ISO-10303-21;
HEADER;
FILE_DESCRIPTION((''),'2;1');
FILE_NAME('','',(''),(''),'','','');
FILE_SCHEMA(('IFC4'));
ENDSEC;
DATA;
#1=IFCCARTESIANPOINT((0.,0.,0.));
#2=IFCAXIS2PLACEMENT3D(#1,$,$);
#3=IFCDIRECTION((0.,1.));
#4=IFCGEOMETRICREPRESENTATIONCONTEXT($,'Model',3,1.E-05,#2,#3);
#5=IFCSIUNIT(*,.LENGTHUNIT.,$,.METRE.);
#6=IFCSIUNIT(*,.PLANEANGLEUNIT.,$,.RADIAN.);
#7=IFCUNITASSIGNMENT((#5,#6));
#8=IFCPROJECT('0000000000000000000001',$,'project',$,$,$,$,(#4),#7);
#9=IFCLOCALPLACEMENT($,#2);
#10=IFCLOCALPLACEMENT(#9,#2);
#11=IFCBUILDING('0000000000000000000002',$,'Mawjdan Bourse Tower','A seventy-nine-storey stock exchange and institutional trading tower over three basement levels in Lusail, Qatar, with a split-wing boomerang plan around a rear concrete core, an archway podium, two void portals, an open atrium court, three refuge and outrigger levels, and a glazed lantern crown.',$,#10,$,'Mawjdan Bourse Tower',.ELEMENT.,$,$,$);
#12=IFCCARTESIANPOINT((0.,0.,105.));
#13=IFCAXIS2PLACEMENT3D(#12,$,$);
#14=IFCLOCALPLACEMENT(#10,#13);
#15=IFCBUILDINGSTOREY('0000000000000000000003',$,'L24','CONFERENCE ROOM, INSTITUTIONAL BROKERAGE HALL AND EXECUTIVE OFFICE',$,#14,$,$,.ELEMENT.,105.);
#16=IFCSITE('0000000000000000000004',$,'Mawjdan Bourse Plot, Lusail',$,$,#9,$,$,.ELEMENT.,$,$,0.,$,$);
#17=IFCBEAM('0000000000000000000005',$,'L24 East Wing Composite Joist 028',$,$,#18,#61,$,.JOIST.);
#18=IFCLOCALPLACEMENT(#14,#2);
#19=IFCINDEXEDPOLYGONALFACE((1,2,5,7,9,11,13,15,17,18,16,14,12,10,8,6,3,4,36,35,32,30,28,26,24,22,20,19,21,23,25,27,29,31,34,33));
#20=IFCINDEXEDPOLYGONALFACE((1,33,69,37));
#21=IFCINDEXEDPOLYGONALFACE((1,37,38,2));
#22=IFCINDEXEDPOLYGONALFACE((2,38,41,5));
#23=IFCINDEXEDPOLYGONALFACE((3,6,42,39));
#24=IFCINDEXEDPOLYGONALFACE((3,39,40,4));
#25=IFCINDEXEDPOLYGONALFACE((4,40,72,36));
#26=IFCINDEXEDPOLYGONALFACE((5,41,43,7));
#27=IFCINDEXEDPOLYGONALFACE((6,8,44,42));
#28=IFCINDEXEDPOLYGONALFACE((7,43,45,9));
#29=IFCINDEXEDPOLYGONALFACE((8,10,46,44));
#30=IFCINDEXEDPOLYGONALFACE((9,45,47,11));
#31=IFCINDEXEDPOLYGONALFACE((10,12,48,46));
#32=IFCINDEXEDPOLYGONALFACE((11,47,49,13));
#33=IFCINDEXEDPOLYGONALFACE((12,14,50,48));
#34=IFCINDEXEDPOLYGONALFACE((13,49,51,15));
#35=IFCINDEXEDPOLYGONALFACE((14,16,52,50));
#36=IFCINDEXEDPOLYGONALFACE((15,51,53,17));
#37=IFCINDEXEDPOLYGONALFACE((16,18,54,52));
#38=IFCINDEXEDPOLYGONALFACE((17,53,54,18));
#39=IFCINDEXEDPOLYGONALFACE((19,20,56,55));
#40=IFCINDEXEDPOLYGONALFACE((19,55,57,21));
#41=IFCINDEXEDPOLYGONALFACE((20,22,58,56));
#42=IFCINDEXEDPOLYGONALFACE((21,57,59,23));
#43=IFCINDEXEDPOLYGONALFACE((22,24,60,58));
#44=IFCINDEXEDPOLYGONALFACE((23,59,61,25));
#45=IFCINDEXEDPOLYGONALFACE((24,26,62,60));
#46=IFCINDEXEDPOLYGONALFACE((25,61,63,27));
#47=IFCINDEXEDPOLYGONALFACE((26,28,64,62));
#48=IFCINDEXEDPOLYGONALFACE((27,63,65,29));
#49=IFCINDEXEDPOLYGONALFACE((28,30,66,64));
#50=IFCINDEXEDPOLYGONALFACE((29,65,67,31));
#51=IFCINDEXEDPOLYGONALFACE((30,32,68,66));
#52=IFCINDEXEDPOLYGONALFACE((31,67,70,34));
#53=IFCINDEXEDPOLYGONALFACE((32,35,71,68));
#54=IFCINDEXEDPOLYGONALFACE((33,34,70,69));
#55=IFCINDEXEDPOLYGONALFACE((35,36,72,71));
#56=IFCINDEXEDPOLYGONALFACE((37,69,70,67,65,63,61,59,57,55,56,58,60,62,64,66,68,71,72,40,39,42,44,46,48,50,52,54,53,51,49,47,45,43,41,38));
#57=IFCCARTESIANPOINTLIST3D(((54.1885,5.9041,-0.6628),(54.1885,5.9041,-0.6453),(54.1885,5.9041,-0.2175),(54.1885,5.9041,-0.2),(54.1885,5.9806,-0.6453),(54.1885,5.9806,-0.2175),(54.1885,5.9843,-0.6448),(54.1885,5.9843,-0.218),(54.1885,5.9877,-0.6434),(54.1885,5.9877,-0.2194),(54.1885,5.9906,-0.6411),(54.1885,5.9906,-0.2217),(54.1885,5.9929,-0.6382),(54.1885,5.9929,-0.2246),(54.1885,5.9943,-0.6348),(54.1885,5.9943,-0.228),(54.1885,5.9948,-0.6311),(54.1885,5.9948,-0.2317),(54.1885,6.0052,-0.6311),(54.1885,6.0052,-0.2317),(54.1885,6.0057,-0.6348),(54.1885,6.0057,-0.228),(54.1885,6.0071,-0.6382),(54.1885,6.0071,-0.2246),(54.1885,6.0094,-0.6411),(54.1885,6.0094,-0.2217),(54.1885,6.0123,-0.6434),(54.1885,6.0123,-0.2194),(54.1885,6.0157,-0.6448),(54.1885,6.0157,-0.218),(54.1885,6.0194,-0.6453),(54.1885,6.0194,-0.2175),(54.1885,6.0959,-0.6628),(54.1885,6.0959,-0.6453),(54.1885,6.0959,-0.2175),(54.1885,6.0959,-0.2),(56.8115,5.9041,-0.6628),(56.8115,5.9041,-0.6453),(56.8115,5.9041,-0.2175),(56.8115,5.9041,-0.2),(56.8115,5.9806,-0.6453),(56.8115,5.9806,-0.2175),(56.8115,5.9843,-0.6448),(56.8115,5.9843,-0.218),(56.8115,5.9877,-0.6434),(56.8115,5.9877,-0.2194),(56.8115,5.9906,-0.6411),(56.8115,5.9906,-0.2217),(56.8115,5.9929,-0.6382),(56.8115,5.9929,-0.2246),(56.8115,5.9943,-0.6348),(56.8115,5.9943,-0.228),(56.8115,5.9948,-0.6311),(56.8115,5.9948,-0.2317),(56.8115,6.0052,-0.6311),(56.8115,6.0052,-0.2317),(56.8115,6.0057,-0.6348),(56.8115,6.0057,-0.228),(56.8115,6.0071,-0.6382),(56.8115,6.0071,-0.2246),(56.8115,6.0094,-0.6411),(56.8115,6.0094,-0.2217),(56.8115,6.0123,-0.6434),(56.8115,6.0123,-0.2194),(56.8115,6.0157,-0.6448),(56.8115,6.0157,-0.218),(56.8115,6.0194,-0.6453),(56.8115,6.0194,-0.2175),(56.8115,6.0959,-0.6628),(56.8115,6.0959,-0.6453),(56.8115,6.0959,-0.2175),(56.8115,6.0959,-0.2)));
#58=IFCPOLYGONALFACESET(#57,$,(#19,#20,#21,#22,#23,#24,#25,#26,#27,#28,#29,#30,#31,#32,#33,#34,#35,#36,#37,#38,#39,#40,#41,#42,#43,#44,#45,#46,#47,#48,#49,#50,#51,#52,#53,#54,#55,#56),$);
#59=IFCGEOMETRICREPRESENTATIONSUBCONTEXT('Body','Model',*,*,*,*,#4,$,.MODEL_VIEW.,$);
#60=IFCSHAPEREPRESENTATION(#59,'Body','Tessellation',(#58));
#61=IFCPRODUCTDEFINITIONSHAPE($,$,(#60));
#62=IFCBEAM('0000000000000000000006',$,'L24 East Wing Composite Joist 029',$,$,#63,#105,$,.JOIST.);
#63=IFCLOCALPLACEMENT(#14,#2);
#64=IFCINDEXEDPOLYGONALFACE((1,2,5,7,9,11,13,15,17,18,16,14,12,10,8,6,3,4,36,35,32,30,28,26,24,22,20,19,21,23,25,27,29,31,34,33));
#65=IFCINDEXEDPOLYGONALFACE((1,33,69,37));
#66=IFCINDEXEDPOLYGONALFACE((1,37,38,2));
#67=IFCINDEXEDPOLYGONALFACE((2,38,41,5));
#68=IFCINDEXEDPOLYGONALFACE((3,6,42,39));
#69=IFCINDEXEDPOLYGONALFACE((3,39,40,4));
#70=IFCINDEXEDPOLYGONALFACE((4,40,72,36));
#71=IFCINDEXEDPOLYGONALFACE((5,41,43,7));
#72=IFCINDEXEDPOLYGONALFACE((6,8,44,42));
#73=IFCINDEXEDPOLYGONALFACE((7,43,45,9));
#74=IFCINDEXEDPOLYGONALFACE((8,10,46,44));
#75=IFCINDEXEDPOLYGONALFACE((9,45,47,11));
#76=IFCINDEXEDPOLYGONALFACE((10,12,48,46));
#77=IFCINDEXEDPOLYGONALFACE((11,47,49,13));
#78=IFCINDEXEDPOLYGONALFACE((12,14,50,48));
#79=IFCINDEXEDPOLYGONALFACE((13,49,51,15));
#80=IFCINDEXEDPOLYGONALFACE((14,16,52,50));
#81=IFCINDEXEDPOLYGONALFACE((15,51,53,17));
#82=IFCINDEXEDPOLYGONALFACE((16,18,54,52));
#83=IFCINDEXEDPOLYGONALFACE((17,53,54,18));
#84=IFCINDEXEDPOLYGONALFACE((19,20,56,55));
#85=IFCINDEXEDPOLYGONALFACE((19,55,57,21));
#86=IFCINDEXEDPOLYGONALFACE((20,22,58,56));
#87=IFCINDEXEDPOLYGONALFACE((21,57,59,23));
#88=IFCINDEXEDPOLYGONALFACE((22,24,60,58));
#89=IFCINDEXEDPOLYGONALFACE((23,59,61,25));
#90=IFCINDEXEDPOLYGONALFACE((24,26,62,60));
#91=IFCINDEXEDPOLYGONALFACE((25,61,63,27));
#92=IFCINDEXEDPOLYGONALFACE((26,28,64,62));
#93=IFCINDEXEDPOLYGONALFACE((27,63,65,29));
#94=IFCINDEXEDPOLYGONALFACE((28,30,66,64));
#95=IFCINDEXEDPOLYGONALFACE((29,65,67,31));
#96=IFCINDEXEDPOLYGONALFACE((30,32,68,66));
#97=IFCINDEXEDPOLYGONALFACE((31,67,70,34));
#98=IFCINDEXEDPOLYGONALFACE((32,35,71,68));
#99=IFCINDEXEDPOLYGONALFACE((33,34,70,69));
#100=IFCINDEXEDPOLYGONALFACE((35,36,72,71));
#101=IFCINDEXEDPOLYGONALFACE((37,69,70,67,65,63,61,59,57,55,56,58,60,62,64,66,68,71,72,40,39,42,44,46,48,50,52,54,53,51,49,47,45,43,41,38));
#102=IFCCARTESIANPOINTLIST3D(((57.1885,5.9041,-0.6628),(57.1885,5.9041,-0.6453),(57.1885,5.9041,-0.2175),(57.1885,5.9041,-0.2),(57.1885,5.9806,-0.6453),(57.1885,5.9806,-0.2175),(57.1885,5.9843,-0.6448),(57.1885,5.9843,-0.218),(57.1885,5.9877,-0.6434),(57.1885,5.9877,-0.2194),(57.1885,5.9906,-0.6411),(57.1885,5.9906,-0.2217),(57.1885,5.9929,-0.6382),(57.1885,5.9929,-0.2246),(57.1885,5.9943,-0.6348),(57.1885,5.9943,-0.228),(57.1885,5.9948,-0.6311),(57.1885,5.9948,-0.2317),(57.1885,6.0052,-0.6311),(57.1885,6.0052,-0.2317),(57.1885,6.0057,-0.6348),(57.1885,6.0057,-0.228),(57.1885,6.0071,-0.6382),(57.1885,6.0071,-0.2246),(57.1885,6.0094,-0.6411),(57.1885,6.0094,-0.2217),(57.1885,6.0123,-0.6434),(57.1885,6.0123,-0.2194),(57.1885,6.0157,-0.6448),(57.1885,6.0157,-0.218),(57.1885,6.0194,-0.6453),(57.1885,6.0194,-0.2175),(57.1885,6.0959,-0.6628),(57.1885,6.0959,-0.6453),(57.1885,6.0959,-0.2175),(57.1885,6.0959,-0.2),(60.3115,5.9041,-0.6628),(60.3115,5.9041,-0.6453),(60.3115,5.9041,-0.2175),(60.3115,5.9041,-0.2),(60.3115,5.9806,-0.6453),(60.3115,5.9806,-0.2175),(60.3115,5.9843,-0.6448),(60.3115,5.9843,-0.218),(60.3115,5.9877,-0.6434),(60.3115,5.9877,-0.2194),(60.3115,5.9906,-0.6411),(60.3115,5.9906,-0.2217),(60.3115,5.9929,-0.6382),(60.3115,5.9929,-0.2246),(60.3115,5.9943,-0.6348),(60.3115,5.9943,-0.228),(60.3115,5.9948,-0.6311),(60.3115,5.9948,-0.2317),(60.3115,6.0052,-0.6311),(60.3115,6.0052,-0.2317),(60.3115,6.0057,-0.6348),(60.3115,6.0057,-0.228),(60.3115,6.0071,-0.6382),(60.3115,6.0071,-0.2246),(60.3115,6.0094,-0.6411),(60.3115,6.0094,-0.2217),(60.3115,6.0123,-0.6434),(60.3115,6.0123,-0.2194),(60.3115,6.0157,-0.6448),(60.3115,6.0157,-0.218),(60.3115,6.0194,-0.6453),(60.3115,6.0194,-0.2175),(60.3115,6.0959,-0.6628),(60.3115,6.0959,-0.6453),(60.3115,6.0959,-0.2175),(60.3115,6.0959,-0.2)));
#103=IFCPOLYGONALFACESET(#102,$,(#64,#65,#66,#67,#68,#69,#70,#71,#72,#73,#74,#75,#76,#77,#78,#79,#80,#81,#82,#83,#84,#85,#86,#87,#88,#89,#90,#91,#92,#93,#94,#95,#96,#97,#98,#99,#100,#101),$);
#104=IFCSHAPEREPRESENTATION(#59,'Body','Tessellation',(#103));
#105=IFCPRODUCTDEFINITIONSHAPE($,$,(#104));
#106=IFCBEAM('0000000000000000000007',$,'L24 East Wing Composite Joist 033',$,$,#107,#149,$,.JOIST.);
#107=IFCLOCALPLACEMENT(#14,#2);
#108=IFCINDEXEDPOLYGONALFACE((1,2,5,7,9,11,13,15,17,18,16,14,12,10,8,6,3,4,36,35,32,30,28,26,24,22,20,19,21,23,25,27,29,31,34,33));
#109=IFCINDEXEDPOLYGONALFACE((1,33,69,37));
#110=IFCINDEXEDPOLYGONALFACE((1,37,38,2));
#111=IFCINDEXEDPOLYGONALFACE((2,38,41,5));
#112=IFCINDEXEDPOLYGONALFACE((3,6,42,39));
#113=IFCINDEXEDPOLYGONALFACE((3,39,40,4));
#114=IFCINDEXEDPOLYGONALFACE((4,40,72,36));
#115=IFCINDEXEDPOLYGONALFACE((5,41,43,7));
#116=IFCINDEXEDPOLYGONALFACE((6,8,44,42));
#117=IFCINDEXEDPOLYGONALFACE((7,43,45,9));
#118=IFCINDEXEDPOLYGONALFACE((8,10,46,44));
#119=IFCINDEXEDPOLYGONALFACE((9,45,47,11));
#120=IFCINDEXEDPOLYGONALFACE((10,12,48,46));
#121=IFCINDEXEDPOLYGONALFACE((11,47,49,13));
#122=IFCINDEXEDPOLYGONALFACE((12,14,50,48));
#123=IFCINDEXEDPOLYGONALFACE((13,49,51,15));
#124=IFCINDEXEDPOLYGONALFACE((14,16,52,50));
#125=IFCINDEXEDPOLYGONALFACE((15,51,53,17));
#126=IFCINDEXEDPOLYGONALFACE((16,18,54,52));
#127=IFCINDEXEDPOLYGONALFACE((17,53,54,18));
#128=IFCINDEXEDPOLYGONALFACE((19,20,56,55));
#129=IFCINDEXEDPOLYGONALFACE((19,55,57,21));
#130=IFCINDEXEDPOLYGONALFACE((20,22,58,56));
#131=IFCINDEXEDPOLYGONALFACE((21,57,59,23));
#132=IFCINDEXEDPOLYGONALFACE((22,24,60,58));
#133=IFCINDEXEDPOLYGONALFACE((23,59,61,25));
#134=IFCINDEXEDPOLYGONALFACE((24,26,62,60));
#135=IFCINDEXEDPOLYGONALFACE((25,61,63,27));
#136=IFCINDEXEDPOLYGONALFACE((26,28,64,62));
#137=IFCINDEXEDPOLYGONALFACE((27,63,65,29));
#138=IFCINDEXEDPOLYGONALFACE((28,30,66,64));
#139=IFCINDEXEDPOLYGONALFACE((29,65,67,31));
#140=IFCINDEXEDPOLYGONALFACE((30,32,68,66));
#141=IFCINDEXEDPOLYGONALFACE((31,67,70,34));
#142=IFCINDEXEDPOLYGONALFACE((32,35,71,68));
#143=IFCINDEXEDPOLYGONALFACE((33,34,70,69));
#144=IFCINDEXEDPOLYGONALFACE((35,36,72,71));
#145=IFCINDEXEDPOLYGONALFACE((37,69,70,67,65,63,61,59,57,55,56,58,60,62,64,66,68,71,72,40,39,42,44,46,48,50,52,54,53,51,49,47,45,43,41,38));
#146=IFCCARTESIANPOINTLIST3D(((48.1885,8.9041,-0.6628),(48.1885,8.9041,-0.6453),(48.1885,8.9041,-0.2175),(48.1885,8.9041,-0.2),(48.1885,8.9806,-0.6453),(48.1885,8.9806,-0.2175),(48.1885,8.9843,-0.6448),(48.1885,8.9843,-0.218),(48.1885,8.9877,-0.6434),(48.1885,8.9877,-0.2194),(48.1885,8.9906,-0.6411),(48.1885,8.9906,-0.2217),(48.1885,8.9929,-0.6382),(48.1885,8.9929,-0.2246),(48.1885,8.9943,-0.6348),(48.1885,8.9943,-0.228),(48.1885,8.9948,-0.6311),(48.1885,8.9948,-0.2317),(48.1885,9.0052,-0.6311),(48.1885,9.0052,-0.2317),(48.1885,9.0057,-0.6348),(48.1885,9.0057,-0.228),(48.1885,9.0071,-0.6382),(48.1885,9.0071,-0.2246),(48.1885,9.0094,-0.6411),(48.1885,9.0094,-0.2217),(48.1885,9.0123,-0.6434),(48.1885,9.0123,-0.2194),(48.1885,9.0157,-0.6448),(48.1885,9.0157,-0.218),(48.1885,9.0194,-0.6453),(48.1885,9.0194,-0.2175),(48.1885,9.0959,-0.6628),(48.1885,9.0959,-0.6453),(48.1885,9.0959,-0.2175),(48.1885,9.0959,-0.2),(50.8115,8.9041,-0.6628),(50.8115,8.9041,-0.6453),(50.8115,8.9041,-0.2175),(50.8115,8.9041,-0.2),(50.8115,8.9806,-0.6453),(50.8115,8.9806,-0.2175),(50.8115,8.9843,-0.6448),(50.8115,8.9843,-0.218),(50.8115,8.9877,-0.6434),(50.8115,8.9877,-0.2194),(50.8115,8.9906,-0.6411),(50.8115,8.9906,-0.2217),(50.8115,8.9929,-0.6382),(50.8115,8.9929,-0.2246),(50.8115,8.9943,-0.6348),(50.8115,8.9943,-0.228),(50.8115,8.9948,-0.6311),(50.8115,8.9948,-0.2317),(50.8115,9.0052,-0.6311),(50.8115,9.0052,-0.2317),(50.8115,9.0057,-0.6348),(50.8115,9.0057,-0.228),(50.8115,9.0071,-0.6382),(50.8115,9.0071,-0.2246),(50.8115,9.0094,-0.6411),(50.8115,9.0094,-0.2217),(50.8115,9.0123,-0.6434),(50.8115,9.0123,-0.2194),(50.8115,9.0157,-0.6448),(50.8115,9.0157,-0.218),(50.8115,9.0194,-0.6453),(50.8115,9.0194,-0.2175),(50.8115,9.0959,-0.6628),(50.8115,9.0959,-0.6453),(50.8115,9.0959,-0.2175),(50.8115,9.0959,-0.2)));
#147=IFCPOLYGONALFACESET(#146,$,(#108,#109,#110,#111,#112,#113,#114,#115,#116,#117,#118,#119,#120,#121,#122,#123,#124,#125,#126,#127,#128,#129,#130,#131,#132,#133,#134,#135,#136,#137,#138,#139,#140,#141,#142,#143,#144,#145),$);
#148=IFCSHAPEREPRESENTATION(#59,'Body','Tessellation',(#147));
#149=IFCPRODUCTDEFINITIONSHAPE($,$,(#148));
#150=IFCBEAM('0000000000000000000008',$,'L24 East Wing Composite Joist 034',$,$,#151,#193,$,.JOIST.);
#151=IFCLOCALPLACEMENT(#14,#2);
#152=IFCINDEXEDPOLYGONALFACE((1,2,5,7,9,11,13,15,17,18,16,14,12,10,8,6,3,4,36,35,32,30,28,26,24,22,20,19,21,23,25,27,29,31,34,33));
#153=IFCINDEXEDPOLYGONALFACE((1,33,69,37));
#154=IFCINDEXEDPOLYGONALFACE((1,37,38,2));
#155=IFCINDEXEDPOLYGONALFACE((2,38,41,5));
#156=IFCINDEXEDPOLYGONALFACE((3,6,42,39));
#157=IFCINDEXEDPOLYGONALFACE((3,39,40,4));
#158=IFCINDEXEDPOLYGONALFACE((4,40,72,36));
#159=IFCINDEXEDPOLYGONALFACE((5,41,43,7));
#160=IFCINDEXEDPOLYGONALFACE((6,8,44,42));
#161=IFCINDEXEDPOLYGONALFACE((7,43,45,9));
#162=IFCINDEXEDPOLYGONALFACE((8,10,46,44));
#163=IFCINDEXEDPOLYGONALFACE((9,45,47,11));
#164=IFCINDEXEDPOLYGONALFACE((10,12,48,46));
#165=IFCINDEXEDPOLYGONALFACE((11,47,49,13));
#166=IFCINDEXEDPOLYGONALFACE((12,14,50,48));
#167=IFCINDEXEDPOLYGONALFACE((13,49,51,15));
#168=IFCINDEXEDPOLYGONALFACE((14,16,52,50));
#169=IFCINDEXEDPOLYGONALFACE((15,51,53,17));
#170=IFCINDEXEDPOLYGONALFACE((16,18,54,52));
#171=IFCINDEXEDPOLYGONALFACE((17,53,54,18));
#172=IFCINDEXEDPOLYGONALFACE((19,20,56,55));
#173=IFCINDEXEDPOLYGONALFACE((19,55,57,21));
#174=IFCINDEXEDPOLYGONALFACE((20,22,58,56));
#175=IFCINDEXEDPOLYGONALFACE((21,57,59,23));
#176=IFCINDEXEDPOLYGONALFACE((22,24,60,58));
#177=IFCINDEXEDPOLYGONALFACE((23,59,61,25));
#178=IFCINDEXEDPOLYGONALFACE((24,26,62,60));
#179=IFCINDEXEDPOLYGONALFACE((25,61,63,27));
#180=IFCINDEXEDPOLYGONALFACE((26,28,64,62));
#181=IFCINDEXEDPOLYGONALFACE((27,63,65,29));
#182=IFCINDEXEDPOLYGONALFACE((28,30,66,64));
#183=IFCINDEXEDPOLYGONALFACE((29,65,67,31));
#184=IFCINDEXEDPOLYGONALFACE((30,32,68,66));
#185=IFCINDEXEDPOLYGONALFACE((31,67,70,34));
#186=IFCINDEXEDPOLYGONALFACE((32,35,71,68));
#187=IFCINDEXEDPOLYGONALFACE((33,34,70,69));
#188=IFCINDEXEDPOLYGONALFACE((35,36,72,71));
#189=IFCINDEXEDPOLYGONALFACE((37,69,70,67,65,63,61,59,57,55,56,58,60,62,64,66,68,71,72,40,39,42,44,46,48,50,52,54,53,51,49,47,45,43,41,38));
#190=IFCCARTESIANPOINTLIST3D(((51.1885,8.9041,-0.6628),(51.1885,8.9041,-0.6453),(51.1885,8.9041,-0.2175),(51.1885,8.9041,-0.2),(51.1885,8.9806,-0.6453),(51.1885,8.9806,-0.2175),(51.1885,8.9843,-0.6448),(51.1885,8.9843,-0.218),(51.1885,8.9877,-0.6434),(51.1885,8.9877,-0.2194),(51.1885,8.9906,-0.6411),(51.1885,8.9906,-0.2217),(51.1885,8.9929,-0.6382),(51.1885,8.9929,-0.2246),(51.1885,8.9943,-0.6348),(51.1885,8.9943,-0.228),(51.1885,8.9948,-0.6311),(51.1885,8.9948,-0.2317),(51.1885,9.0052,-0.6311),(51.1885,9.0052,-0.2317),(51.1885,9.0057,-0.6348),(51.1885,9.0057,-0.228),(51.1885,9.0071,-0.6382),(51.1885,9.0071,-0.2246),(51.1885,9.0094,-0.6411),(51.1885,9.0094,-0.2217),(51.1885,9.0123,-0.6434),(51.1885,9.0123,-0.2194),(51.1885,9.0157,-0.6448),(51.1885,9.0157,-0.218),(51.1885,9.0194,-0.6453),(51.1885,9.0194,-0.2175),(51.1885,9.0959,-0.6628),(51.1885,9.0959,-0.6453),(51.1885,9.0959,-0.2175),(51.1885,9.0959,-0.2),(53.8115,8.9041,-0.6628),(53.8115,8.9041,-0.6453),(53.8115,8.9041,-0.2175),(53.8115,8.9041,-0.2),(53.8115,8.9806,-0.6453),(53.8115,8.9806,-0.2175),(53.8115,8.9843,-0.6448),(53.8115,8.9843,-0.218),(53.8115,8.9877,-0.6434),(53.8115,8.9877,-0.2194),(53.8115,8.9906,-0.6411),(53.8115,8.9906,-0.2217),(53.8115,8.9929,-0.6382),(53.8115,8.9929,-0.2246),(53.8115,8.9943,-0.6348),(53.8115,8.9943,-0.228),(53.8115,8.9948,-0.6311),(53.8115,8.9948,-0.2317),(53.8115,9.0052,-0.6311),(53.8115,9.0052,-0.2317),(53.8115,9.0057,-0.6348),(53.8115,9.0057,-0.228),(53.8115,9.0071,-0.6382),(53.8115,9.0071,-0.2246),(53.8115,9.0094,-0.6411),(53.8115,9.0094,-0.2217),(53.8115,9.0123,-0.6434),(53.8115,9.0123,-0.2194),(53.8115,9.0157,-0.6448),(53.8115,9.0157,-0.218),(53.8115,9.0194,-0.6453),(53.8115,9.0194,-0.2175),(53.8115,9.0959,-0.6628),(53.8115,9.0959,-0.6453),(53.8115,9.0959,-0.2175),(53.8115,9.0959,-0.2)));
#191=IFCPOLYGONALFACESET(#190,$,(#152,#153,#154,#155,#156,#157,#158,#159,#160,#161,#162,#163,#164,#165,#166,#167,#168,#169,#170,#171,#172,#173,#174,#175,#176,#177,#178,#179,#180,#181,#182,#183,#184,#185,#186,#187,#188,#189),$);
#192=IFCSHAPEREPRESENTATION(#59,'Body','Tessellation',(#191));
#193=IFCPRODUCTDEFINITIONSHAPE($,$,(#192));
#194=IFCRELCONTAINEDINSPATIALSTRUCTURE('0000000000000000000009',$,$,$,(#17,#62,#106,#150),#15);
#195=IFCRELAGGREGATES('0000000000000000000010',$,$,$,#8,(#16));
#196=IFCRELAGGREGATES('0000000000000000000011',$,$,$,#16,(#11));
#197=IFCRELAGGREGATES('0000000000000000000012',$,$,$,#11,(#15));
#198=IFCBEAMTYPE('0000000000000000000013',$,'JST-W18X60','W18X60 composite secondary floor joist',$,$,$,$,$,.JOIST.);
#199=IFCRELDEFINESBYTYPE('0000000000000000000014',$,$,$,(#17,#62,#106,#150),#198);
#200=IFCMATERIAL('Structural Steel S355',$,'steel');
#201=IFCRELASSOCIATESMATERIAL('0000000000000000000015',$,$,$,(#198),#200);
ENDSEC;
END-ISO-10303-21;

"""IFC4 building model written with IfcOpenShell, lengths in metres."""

from ifc_helpers import new_model, si_unit, direction, frame, origin, origin_2d, place, context, subcontext, project, spatial, i_section, extrude, material, material_profile, profile_set, type_object, element, save


model = new_model("IFC4")

# Units and contexts
model_context = context("Model", 3, precision=1e-05, world=origin(), true_north=direction((0.0, 1.0)))
body_context = subcontext(model_context, "Body", "Model", "MODEL_VIEW")
ifc_project = project(units=[si_unit("LENGTHUNIT", "METRE"), si_unit("PLANEANGLEUNIT", "RADIAN")], contexts=[model_context])

# Site, building, storey
site_placement = place(None, origin())
site = spatial("IfcSite", under=ifc_project, at=site_placement, Name="Mawjdan Bourse Plot, Lusail", CompositionType="ELEMENT", RefElevation=0.0)
building_placement = place(site_placement, origin())
building = spatial("IfcBuilding", under=site, at=building_placement, Name="Mawjdan Bourse Tower", Description="A seventy-nine-storey stock exchange and institutional trading tower over three basement levels in Lusail, Qatar, with a split-wing boomerang plan around a rear concrete core, an archway podium, two void portals, an open atrium court, three refuge and outrigger levels, and a glazed lantern crown.", LongName="Mawjdan Bourse Tower", CompositionType="ELEMENT")
storey_placement = place(building_placement, frame((0.0, 0.0, 105.0)))
storey = spatial("IfcBuildingStorey", under=building, at=storey_placement, Name="L24", Description="CONFERENCE ROOM, INSTITUTIONAL BROKERAGE HALL AND EXECUTIVE OFFICE", CompositionType="ELEMENT", Elevation=105.0)

# Beams
ifc_material_1 = material(Name="Structural Steel S355", Category="steel")
ifc_material_profile_1 = material_profile(ifc_material_1, i_section(OverallWidth=0.1919, OverallDepth=0.4629, WebThickness=0.0105, FlangeThickness=0.0176, FilletRadius=0.0142, at=origin_2d()), Name="W18X60")
ifc_profile_set_1 = profile_set([ifc_material_profile_1], Name="Structural Steel S355")
beam_type_1 = type_object("IfcBeamType", Name="JST-W18X60", Description="W18X60 composite secondary floor joist", PredefinedType="JOIST", material=ifc_profile_set_1)
for number, where, z_axis, x_axis, name in (
    (1, (54.1885, 6.0, -0.4314), (1.0, 0.0, 0.0), (0.0, 1.0, 0.0), "L24 East Wing Composite Joist 028"),
):
    element("IfcBeam", number, at=place(storey_placement, frame(where, z_axis=z_axis, x_axis=x_axis)), inside=storey, type_object=beam_type_1, Name=name, PredefinedType="JOIST", context=body_context, shape_type="SweptSolid", body=[
        extrude(i_section(OverallWidth=0.1919, OverallDepth=0.4629, WebThickness=0.0105, FlangeThickness=0.0176, FilletRadius=0.0142, at=origin_2d()), origin(), (0.0, 0.0, 1.0), 2.623),
    ])
beam_1_placement = place(storey_placement, frame((57.1885, 6.0, -0.4314), z_axis=(1.0, 0.0, 0.0), x_axis=(0.0, 1.0, 0.0)))
element("IfcBeam", 2, at=beam_1_placement, inside=storey, type_object=beam_type_1, Name="L24 East Wing Composite Joist 029", PredefinedType="JOIST", context=body_context, shape_type="SweptSolid", body=[
    extrude(i_section(OverallWidth=0.1919, OverallDepth=0.4629, WebThickness=0.0105, FlangeThickness=0.0176, FilletRadius=0.0142, at=origin_2d()), origin(), (0.0, 0.0, 1.0), 3.123),
])
for number, where, z_axis, x_axis, name in (
    (3, (48.1885, 9.0, -0.4314), (1.0, 0.0, 0.0), (0.0, 1.0, 0.0), "L24 East Wing Composite Joist 033"),
    (4, (51.1885, 9.0, -0.4314), (1.0, 0.0, 0.0), (0.0, 1.0, 0.0), "L24 East Wing Composite Joist 034"),
):
    element("IfcBeam", number, at=place(storey_placement, frame(where, z_axis=z_axis, x_axis=x_axis)), inside=storey, type_object=beam_type_1, Name=name, PredefinedType="JOIST", context=body_context, shape_type="SweptSolid", body=[
        extrude(i_section(OverallWidth=0.1919, OverallDepth=0.4629, WebThickness=0.0105, FlangeThickness=0.0176, FilletRadius=0.0142, at=origin_2d()), origin(), (0.0, 0.0, 1.0), 2.623),
    ])

save(model, "model.ifc")
